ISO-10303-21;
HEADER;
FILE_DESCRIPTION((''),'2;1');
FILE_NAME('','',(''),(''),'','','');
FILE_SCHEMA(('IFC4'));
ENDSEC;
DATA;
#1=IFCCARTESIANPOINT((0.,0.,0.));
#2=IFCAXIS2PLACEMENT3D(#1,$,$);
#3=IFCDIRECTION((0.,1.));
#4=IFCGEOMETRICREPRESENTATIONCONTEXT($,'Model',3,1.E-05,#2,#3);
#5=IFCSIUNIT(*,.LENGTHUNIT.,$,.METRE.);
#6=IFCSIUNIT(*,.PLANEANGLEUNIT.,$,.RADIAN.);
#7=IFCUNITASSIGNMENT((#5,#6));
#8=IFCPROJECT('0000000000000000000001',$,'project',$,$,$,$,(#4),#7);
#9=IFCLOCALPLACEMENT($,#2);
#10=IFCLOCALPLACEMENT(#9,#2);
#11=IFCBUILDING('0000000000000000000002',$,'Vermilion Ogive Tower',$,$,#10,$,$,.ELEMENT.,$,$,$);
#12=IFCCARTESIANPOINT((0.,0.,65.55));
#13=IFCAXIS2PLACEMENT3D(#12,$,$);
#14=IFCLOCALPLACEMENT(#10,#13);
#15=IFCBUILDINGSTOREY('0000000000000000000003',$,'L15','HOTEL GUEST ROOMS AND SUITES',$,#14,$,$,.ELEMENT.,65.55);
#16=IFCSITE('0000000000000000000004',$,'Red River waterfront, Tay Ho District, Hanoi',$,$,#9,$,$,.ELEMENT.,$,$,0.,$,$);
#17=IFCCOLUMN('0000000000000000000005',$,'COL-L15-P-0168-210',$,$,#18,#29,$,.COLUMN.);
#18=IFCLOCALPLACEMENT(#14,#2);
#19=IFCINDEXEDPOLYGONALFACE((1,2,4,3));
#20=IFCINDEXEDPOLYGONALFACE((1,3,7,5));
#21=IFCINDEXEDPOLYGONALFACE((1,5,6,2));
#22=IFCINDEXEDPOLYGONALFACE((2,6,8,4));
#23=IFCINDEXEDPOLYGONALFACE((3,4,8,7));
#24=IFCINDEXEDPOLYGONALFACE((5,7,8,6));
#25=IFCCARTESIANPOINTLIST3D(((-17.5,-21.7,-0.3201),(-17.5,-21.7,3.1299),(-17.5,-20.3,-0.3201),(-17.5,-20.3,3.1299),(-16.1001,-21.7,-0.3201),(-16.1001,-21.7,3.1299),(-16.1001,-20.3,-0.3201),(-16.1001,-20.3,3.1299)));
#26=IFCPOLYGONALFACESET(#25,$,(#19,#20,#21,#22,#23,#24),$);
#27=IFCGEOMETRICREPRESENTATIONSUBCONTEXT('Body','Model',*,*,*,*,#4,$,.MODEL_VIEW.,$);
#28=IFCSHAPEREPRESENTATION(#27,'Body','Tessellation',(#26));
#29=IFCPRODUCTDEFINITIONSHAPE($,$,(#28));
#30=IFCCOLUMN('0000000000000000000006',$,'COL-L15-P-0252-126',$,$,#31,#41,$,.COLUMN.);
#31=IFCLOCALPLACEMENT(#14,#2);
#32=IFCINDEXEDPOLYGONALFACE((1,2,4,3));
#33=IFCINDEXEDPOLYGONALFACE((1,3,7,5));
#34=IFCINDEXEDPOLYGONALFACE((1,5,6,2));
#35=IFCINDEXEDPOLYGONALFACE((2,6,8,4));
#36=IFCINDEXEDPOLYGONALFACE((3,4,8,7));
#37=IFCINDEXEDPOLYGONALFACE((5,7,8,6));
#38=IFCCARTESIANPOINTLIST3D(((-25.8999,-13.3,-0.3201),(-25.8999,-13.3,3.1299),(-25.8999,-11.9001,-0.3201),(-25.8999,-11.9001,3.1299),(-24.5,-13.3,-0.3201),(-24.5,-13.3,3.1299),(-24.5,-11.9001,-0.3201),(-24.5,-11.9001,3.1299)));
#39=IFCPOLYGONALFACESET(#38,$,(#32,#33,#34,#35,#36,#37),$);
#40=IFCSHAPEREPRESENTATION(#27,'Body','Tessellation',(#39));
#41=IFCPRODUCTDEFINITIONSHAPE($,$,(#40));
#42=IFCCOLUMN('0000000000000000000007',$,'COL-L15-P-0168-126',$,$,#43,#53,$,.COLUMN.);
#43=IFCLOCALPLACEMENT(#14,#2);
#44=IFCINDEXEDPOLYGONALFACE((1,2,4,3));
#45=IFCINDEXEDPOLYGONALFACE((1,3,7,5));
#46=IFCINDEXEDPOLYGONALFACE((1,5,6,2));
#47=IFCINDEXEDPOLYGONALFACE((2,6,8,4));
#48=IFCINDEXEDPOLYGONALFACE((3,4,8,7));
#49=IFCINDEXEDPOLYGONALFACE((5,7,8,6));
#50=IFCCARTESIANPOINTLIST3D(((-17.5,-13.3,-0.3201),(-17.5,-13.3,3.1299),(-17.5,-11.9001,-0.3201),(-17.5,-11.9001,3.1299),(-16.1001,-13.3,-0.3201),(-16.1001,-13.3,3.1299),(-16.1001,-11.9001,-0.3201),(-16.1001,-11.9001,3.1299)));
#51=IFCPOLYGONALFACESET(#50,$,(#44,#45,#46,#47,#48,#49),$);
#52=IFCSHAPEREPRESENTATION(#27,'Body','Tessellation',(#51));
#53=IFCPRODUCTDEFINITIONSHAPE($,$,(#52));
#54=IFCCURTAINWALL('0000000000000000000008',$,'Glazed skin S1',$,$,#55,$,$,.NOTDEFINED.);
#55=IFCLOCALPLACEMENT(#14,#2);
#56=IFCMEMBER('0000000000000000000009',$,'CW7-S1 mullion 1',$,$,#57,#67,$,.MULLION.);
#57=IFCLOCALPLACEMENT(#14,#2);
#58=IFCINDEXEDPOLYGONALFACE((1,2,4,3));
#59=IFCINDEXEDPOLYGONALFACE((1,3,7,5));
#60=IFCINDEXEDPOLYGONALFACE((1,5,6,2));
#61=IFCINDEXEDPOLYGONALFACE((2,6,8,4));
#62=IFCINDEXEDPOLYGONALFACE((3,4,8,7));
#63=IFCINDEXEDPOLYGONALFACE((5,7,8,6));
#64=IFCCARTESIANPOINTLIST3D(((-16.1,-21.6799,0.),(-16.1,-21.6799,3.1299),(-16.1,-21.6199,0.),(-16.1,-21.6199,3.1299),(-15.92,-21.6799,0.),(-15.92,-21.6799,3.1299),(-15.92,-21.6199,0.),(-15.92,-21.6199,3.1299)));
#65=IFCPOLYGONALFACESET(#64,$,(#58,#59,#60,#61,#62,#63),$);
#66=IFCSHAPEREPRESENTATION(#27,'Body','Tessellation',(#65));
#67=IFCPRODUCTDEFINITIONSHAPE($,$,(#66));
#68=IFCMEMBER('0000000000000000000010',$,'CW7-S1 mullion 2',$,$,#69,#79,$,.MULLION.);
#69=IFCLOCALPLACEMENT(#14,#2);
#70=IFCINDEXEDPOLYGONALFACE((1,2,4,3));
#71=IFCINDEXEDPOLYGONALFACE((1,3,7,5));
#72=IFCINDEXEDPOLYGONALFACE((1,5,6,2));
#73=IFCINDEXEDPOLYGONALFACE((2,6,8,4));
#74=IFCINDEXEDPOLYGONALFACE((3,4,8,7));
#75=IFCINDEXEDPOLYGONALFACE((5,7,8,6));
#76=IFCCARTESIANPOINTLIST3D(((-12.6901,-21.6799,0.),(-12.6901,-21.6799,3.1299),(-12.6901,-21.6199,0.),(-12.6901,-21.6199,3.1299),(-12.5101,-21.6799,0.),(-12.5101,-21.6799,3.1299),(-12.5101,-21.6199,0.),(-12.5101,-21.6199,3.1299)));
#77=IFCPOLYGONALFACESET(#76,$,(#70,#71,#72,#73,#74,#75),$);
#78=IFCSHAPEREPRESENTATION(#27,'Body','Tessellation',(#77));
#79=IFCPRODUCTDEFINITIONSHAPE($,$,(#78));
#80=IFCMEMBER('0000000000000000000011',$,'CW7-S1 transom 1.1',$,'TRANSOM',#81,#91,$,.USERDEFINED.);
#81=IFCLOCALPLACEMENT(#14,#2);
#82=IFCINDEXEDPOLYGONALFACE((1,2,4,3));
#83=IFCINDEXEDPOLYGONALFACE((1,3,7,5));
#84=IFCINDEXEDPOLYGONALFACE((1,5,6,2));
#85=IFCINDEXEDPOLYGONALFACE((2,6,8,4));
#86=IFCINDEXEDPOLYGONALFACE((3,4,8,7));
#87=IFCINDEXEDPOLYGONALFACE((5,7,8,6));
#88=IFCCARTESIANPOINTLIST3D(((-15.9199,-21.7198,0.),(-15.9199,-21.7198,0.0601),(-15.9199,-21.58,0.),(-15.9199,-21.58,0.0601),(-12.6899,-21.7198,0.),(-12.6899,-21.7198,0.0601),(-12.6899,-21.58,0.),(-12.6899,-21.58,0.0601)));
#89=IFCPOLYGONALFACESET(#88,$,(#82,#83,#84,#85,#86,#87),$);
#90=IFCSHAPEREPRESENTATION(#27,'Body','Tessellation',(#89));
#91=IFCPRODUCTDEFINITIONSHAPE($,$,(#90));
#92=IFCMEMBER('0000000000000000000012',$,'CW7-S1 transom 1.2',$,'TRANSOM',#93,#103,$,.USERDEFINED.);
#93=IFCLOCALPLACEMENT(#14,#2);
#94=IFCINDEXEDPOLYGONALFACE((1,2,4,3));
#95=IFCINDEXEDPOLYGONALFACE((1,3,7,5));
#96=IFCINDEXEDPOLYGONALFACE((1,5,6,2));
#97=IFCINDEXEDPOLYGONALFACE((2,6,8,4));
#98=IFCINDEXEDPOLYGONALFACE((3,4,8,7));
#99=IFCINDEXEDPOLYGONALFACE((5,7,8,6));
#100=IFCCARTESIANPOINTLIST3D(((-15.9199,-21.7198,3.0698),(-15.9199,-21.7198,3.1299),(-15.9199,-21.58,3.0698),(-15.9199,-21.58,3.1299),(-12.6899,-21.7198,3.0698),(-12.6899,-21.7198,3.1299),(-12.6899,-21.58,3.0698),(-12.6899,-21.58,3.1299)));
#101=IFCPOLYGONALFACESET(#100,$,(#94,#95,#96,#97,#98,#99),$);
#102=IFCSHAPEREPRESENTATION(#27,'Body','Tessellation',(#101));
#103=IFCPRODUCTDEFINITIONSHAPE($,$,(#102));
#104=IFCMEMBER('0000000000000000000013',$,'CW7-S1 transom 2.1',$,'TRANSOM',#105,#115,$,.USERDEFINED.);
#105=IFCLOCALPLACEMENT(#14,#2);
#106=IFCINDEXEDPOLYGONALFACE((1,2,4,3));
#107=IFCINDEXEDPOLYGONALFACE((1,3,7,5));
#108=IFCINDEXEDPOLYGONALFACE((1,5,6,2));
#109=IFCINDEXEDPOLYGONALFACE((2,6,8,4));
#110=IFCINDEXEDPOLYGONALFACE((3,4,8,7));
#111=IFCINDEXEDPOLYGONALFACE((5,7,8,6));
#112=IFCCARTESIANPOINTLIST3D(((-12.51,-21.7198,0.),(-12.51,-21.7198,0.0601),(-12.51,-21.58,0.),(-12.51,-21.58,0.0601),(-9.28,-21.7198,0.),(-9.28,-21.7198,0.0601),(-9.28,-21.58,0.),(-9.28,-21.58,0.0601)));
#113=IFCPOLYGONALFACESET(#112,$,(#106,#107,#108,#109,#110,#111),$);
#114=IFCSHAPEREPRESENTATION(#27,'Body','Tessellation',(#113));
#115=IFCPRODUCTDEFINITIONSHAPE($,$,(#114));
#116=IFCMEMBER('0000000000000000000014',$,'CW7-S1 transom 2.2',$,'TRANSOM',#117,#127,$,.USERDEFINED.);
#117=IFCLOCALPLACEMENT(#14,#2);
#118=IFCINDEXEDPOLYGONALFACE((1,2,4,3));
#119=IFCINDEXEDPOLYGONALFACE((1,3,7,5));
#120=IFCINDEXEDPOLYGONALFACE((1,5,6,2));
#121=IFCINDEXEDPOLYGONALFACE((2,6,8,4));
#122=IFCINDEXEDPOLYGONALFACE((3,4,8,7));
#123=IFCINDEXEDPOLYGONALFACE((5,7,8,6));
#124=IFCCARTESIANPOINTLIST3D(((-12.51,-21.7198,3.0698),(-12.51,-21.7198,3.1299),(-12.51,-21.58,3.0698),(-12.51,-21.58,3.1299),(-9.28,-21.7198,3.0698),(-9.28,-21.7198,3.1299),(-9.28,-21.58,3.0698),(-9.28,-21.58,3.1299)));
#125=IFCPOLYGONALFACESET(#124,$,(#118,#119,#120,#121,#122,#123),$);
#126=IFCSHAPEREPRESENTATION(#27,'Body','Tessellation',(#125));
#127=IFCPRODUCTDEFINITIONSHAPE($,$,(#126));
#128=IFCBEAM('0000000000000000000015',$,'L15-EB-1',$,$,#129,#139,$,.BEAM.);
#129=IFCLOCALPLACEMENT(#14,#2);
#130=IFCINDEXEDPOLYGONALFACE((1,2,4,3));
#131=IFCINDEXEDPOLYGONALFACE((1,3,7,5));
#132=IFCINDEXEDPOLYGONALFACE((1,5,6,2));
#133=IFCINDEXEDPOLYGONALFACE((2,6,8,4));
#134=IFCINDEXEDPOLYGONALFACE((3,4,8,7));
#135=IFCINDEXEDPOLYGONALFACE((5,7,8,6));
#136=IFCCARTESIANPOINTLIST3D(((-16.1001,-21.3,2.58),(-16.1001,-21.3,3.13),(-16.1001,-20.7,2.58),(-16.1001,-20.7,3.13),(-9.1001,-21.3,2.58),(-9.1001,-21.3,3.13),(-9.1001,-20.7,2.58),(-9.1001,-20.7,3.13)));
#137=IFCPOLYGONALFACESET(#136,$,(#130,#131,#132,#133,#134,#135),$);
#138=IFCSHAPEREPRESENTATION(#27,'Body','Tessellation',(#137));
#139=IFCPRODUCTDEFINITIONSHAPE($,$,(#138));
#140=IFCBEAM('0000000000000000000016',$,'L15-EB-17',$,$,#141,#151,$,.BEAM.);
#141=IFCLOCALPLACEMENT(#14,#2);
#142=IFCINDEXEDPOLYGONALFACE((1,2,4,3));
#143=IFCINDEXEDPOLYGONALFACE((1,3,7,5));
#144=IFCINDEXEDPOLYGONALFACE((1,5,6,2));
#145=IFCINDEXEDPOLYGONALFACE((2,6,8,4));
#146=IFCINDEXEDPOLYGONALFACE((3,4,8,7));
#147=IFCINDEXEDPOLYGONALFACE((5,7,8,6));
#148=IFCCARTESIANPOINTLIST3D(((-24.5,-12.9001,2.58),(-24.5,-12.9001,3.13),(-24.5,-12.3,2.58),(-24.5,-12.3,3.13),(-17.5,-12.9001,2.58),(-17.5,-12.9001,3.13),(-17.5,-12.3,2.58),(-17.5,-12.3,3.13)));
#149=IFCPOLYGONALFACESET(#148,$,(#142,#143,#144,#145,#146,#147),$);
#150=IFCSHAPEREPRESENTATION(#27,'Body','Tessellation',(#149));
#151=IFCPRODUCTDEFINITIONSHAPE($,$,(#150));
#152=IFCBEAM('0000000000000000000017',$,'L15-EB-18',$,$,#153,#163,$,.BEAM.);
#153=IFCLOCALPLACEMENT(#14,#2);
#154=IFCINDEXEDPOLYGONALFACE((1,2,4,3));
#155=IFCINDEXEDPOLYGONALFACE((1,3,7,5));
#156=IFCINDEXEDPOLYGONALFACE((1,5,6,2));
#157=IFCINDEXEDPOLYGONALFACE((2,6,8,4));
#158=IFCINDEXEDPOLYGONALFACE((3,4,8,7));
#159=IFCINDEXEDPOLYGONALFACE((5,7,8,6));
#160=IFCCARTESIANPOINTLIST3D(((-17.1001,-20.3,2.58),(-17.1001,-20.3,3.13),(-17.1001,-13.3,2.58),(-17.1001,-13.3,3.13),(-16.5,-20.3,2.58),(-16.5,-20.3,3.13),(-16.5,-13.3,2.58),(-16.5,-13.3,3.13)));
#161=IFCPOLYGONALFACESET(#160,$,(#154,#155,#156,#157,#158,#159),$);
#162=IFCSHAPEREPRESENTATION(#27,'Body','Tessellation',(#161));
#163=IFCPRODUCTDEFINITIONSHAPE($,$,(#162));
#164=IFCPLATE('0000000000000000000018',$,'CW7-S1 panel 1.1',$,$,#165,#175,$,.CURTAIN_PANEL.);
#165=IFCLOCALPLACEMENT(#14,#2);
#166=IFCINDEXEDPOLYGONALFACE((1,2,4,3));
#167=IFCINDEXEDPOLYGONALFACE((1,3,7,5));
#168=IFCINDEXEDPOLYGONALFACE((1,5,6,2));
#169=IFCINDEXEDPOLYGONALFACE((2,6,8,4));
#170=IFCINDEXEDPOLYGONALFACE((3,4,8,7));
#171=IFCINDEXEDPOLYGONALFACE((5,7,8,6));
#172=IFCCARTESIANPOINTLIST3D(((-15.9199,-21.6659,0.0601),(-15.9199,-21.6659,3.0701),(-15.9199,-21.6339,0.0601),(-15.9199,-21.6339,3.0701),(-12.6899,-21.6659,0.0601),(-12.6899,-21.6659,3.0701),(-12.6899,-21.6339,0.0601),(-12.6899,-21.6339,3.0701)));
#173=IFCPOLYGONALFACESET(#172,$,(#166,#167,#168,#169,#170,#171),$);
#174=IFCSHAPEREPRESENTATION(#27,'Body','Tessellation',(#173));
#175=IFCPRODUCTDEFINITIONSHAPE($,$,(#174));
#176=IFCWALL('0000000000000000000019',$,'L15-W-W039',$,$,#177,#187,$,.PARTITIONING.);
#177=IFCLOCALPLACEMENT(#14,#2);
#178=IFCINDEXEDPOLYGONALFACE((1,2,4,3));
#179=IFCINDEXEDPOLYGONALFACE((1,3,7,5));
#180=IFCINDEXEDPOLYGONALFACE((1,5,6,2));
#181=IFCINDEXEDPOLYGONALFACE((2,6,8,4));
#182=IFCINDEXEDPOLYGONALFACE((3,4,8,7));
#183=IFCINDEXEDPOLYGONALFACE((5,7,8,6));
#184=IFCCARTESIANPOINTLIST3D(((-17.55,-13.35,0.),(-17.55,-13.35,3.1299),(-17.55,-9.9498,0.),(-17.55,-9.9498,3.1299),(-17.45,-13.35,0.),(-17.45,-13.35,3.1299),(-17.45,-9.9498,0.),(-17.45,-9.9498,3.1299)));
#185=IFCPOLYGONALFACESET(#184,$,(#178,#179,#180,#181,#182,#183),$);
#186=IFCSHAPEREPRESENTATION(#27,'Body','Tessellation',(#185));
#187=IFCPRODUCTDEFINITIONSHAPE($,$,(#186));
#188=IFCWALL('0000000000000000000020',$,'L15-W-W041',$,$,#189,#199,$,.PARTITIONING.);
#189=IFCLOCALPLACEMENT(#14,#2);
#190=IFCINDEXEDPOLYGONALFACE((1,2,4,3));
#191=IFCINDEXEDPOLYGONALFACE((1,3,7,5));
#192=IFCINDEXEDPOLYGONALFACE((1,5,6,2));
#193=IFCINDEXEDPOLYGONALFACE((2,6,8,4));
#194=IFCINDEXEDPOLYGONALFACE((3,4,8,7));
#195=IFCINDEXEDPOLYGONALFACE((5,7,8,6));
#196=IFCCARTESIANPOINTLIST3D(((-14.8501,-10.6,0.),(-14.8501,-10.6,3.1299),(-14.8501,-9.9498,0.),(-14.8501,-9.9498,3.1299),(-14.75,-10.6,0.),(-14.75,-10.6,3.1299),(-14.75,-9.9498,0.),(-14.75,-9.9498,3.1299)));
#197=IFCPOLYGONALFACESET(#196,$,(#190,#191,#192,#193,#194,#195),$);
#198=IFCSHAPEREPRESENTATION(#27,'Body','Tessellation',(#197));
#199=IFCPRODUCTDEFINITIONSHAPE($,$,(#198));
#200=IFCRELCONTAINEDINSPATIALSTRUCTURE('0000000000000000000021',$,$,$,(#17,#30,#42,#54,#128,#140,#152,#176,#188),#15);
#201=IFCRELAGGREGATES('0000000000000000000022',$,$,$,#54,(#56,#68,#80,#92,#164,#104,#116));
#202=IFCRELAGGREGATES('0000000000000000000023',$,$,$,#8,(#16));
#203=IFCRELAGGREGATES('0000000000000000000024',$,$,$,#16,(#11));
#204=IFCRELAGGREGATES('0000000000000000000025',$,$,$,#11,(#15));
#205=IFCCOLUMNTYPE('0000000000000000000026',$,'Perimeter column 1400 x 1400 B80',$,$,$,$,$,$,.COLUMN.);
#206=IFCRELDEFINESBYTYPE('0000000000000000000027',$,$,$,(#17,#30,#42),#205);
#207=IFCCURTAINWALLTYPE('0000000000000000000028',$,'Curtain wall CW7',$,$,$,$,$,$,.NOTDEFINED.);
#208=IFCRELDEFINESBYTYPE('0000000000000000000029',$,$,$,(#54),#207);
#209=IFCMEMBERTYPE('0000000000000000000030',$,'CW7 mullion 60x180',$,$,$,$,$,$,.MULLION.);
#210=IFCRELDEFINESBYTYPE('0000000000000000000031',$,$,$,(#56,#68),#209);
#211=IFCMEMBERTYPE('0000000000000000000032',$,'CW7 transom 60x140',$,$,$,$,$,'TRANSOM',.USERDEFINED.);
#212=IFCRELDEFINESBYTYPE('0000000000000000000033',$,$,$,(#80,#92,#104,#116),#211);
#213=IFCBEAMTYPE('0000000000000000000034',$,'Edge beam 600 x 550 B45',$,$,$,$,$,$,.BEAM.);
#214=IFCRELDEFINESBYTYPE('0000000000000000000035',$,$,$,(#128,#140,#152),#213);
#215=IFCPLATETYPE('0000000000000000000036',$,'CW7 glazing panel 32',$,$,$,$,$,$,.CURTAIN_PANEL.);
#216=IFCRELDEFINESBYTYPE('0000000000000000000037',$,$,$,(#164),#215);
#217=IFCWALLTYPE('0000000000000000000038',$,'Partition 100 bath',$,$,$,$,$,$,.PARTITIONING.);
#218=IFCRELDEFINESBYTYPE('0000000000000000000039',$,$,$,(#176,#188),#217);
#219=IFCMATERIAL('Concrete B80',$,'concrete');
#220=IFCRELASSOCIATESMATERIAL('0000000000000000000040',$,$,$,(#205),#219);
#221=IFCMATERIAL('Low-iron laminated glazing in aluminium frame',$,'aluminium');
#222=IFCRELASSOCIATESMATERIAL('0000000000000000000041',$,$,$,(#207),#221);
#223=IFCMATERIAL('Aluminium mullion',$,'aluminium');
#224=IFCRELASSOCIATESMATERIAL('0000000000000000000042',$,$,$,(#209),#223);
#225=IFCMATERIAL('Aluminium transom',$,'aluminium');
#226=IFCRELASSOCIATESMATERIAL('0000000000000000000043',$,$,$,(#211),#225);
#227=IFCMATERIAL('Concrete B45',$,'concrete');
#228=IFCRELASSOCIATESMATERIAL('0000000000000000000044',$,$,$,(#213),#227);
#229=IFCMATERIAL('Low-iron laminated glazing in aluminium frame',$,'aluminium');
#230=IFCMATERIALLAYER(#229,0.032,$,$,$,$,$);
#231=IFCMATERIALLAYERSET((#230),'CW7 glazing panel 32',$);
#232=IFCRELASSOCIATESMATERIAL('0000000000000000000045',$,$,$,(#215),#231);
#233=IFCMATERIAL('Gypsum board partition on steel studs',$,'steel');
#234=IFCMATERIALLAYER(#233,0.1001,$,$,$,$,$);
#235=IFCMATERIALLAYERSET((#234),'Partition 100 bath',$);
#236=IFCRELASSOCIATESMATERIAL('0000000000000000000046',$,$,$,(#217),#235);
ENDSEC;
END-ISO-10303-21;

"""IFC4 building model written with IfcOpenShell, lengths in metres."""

from ifc_helpers import new_model, si_unit, direction, frame, frame_2d, origin, origin_2d, place, context, subcontext, project, spatial, rectangle, extrude, material, layer, layer_set, material_profile, profile_set, type_object, element, aggregate, save


model = new_model("IFC4")

# Units and contexts
model_context = context("Model", 3, precision=1e-05, world=origin(), true_north=direction((0.0, 1.0)))
body_context = subcontext(model_context, "Body", "Model", "MODEL_VIEW")
ifc_project = project(units=[si_unit("LENGTHUNIT", "METRE"), si_unit("PLANEANGLEUNIT", "RADIAN")], contexts=[model_context])

# Site, building, storey
site_placement = place(None, origin())
site = spatial("IfcSite", under=ifc_project, at=site_placement, Name="Red River waterfront, Tay Ho District, Hanoi", CompositionType="ELEMENT", RefElevation=0.0)
building_placement = place(site_placement, origin())
building = spatial("IfcBuilding", under=site, at=building_placement, Name="Vermilion Ogive Tower", CompositionType="ELEMENT")
storey_placement = place(building_placement, frame((0.0, 0.0, 65.55)))
storey = spatial("IfcBuildingStorey", under=building, at=storey_placement, Name="L15", Description="HOTEL GUEST ROOMS AND SUITES", CompositionType="ELEMENT", Elevation=65.55)

# Columns
ifc_material_1 = material(Name="Concrete B80", Category="concrete")
ifc_material_profile_1 = material_profile(ifc_material_1, rectangle(XDim=1.3999, YDim=1.3999, at=origin_2d()), Name="1400 x 1400")
ifc_profile_set_1 = profile_set([ifc_material_profile_1], Name="Concrete B80")
column_type = type_object("IfcColumnType", Name="Perimeter column 1400 x 1400 B80", PredefinedType="COLUMN", material=ifc_profile_set_1)
for number, where, z_axis, x_axis, name in (
    (1, (-16.8, -21.0, -0.3201), (0.0, 0.0, 1.0), (1.0, 0.0, 0.0), "COL-L15-P-0168-210"),
    (2, (-25.2, -12.6001, -0.3201), (0.0, 0.0, 1.0), (1.0, 0.0, 0.0), "COL-L15-P-0252-126"),
    (3, (-16.8, -12.6001, -0.3201), (0.0, 0.0, 1.0), (1.0, 0.0, 0.0), "COL-L15-P-0168-126"),
):
    element("IfcColumn", number, at=place(storey_placement, frame(where, z_axis=z_axis, x_axis=x_axis)), inside=storey, type_object=column_type, Name=name, PredefinedType="COLUMN", context=body_context, shape_type="SweptSolid", body=[
        extrude(rectangle(XDim=1.3999, YDim=1.3999, at=origin_2d()), origin(), (0.0, 0.0, 1.0), 3.45),
    ])

# Curtain wall, members
ifc_material_2 = material(Name="Low-iron laminated glazing in aluminium frame", Category="aluminium")
curtain_wall_type = type_object("IfcCurtainWallType", Name="Curtain wall CW7", PredefinedType="NOTDEFINED", material=ifc_material_2)
curtain_wall_placement = place(storey_placement, origin())
curtain_wall = element("IfcCurtainWall", 4, at=curtain_wall_placement, inside=storey, type_object=curtain_wall_type, Name="Glazed skin S1", PredefinedType="NOTDEFINED")
ifc_material_3 = material(Name="Aluminium mullion", Category="aluminium")
ifc_material_profile_2 = material_profile(ifc_material_3, rectangle(XDim=0.0601, YDim=0.1799, at=origin_2d()), Name="AL 60x180")
ifc_profile_set_2 = profile_set([ifc_material_profile_2], Name="Aluminium mullion")
member_type_1 = type_object("IfcMemberType", Name="CW7 mullion 60x180", PredefinedType="MULLION", material=ifc_profile_set_2)
member_1_placement = place(storey_placement, frame((-16.01, -21.6499, 0.0), z_axis=(0.0, 0.0, 1.0), x_axis=(0.0, 1.0, 0.0)))
member_1 = element("IfcMember", 5, at=member_1_placement, type_object=member_type_1, Name="CW7-S1 mullion 1", PredefinedType="MULLION", context=body_context, shape_type="SweptSolid", body=[
    extrude(rectangle(XDim=0.0601, YDim=0.1799, at=origin_2d()), origin(), (0.0, 0.0, 1.0), 3.1299),
])
member_2_placement = place(storey_placement, frame((-12.6001, -21.6499, 0.0), z_axis=(0.0, 0.0, 1.0), x_axis=(0.0, 1.0, 0.0)))
member_2 = element("IfcMember", 6, at=member_2_placement, type_object=member_type_1, Name="CW7-S1 mullion 2", PredefinedType="MULLION", context=body_context, shape_type="SweptSolid", body=[
    extrude(rectangle(XDim=0.0601, YDim=0.1799, at=origin_2d()), origin(), (0.0, 0.0, 1.0), 3.1299),
])
ifc_material_4 = material(Name="Aluminium transom", Category="aluminium")
ifc_material_profile_3 = material_profile(ifc_material_4, rectangle(XDim=0.1399, YDim=0.0601, at=origin_2d()), Name="AL 60x140")
ifc_profile_set_3 = profile_set([ifc_material_profile_3], Name="Aluminium transom")
member_type_2 = type_object("IfcMemberType", Name="CW7 transom 60x140", ElementType="TRANSOM", PredefinedType="USERDEFINED", material=ifc_profile_set_3)
member_3_placement = place(storey_placement, frame((-15.9199, -21.6499, 0.03), z_axis=(1.0, 0.0, 0.0), x_axis=(0.0, 1.0, 0.0)))
member_3 = element("IfcMember", 7, at=member_3_placement, type_object=member_type_2, Name="CW7-S1 transom 1.1", ObjectType="TRANSOM", PredefinedType="USERDEFINED", context=body_context, shape_type="SweptSolid", body=[
    extrude(rectangle(XDim=0.1399, YDim=0.0601, at=origin_2d()), origin(), (0.0, 0.0, 1.0), 3.23),
])
member_4_placement = place(storey_placement, frame((-15.9199, -21.6499, 3.0999), z_axis=(1.0, 0.0, 0.0), x_axis=(0.0, 1.0, 0.0)))
member_4 = element("IfcMember", 8, at=member_4_placement, type_object=member_type_2, Name="CW7-S1 transom 1.2", ObjectType="TRANSOM", PredefinedType="USERDEFINED", context=body_context, shape_type="SweptSolid", body=[
    extrude(rectangle(XDim=0.1399, YDim=0.0601, at=origin_2d()), origin(), (0.0, 0.0, 1.0), 3.23),
])
member_5_placement = place(storey_placement, frame((-12.51, -21.6499, 0.03), z_axis=(1.0, 0.0, 0.0), x_axis=(0.0, 1.0, 0.0)))
member_5 = element("IfcMember", 9, at=member_5_placement, type_object=member_type_2, Name="CW7-S1 transom 2.1", ObjectType="TRANSOM", PredefinedType="USERDEFINED", context=body_context, shape_type="SweptSolid", body=[
    extrude(rectangle(XDim=0.1399, YDim=0.0601, at=origin_2d()), origin(), (0.0, 0.0, 1.0), 3.23),
])
member_6_placement = place(storey_placement, frame((-12.51, -21.6499, 3.0999), z_axis=(1.0, 0.0, 0.0), x_axis=(0.0, 1.0, 0.0)))
member_6 = element("IfcMember", 10, at=member_6_placement, type_object=member_type_2, Name="CW7-S1 transom 2.2", ObjectType="TRANSOM", PredefinedType="USERDEFINED", context=body_context, shape_type="SweptSolid", body=[
    extrude(rectangle(XDim=0.1399, YDim=0.0601, at=origin_2d()), origin(), (0.0, 0.0, 1.0), 3.23),
])

# Beams
ifc_material_5 = material(Name="Concrete B45", Category="concrete")
ifc_material_profile_4 = material_profile(ifc_material_5, rectangle(XDim=0.6001, YDim=0.55, at=origin_2d()), Name="600 x 550")
ifc_profile_set_4 = profile_set([ifc_material_profile_4], Name="Concrete B45")
beam_type = type_object("IfcBeamType", Name="Edge beam 600 x 550 B45", PredefinedType="BEAM", material=ifc_profile_set_4)
for number, where, z_axis, x_axis, name in (
    (11, (-16.1001, -21.0, 2.855), (1.0, 0.0, 0.0), (0.0, 1.0, 0.0), "L15-EB-1"),
    (12, (-24.5, -12.6001, 2.855), (1.0, 0.0, 0.0), (0.0, 1.0, 0.0), "L15-EB-17"),
    (13, (-16.8, -13.3, 2.855), (0.0, -1.0, 0.0), (1.0, 0.0, 0.0), "L15-EB-18"),
):
    element("IfcBeam", number, at=place(storey_placement, frame(where, z_axis=z_axis, x_axis=x_axis)), inside=storey, type_object=beam_type, Name=name, PredefinedType="BEAM", context=body_context, shape_type="SweptSolid", body=[
        extrude(rectangle(XDim=0.6001, YDim=0.55, at=origin_2d()), origin(), (0.0, 0.0, 1.0), 7.0),
    ])

# Plate
ifc_material_6 = material(Name="Low-iron laminated glazing in aluminium frame", Category="aluminium")
ifc_layer_1 = layer(ifc_material_6, 0.032)
ifc_layer_set_1 = layer_set([ifc_layer_1], Name="CW7 glazing panel 32")
plate_type = type_object("IfcPlateType", Name="CW7 glazing panel 32", PredefinedType="CURTAIN_PANEL", material=ifc_layer_set_1)
plate_placement = place(storey_placement, frame((-14.3049, -21.6499, 0.0601), z_axis=(0.0, 0.0, 1.0), x_axis=(1.0, 0.0, 0.0)))
plate = element("IfcPlate", 14, at=plate_placement, type_object=plate_type, Name="CW7-S1 panel 1.1", PredefinedType="CURTAIN_PANEL", context=body_context, shape_type="SweptSolid", body=[
    extrude(rectangle(XDim=3.23, YDim=0.032, at=origin_2d()), origin(), (0.0, 0.0, 1.0), 3.01),
])
aggregate(curtain_wall, [member_1, member_2, member_3, member_4, plate, member_5, member_6])

# Walls
ifc_material_7 = material(Name="Gypsum board partition on steel studs", Category="steel")
ifc_layer_2 = layer(ifc_material_7, 0.1001)
ifc_layer_set_2 = layer_set([ifc_layer_2], Name="Partition 100 bath")
wall_type_1 = type_object("IfcWallType", Name="Partition 100 bath", PredefinedType="PARTITIONING", material=ifc_layer_set_2)
wall_1_placement = place(storey_placement, frame((-17.5, -13.3501, 0.0), z_axis=(0.0, 0.0, 1.0), x_axis=(0.0, 1.0, 0.0)))
element("IfcWall", 15, at=wall_1_placement, inside=storey, type_object=wall_type_1, Name="L15-W-W039", PredefinedType="PARTITIONING", context=body_context, shape_type="SweptSolid", body=[
    extrude(rectangle(XDim=3.4001, YDim=0.1001, at=frame_2d((1.7002, 0.0))), origin(), (0.0, 0.0, 1.0), 3.1299),
])
wall_2_placement = place(storey_placement, frame((-14.8, -10.6001, 0.0), z_axis=(0.0, 0.0, 1.0), x_axis=(0.0, 1.0, 0.0)))
element("IfcWall", 16, at=wall_2_placement, inside=storey, type_object=wall_type_1, Name="L15-W-W041", PredefinedType="PARTITIONING", context=body_context, shape_type="SweptSolid", body=[
    extrude(rectangle(XDim=0.6501, YDim=0.1001, at=frame_2d((0.3252, 0.0))), origin(), (0.0, 0.0, 1.0), 3.1299),
])

save(model, "model.ifc")
